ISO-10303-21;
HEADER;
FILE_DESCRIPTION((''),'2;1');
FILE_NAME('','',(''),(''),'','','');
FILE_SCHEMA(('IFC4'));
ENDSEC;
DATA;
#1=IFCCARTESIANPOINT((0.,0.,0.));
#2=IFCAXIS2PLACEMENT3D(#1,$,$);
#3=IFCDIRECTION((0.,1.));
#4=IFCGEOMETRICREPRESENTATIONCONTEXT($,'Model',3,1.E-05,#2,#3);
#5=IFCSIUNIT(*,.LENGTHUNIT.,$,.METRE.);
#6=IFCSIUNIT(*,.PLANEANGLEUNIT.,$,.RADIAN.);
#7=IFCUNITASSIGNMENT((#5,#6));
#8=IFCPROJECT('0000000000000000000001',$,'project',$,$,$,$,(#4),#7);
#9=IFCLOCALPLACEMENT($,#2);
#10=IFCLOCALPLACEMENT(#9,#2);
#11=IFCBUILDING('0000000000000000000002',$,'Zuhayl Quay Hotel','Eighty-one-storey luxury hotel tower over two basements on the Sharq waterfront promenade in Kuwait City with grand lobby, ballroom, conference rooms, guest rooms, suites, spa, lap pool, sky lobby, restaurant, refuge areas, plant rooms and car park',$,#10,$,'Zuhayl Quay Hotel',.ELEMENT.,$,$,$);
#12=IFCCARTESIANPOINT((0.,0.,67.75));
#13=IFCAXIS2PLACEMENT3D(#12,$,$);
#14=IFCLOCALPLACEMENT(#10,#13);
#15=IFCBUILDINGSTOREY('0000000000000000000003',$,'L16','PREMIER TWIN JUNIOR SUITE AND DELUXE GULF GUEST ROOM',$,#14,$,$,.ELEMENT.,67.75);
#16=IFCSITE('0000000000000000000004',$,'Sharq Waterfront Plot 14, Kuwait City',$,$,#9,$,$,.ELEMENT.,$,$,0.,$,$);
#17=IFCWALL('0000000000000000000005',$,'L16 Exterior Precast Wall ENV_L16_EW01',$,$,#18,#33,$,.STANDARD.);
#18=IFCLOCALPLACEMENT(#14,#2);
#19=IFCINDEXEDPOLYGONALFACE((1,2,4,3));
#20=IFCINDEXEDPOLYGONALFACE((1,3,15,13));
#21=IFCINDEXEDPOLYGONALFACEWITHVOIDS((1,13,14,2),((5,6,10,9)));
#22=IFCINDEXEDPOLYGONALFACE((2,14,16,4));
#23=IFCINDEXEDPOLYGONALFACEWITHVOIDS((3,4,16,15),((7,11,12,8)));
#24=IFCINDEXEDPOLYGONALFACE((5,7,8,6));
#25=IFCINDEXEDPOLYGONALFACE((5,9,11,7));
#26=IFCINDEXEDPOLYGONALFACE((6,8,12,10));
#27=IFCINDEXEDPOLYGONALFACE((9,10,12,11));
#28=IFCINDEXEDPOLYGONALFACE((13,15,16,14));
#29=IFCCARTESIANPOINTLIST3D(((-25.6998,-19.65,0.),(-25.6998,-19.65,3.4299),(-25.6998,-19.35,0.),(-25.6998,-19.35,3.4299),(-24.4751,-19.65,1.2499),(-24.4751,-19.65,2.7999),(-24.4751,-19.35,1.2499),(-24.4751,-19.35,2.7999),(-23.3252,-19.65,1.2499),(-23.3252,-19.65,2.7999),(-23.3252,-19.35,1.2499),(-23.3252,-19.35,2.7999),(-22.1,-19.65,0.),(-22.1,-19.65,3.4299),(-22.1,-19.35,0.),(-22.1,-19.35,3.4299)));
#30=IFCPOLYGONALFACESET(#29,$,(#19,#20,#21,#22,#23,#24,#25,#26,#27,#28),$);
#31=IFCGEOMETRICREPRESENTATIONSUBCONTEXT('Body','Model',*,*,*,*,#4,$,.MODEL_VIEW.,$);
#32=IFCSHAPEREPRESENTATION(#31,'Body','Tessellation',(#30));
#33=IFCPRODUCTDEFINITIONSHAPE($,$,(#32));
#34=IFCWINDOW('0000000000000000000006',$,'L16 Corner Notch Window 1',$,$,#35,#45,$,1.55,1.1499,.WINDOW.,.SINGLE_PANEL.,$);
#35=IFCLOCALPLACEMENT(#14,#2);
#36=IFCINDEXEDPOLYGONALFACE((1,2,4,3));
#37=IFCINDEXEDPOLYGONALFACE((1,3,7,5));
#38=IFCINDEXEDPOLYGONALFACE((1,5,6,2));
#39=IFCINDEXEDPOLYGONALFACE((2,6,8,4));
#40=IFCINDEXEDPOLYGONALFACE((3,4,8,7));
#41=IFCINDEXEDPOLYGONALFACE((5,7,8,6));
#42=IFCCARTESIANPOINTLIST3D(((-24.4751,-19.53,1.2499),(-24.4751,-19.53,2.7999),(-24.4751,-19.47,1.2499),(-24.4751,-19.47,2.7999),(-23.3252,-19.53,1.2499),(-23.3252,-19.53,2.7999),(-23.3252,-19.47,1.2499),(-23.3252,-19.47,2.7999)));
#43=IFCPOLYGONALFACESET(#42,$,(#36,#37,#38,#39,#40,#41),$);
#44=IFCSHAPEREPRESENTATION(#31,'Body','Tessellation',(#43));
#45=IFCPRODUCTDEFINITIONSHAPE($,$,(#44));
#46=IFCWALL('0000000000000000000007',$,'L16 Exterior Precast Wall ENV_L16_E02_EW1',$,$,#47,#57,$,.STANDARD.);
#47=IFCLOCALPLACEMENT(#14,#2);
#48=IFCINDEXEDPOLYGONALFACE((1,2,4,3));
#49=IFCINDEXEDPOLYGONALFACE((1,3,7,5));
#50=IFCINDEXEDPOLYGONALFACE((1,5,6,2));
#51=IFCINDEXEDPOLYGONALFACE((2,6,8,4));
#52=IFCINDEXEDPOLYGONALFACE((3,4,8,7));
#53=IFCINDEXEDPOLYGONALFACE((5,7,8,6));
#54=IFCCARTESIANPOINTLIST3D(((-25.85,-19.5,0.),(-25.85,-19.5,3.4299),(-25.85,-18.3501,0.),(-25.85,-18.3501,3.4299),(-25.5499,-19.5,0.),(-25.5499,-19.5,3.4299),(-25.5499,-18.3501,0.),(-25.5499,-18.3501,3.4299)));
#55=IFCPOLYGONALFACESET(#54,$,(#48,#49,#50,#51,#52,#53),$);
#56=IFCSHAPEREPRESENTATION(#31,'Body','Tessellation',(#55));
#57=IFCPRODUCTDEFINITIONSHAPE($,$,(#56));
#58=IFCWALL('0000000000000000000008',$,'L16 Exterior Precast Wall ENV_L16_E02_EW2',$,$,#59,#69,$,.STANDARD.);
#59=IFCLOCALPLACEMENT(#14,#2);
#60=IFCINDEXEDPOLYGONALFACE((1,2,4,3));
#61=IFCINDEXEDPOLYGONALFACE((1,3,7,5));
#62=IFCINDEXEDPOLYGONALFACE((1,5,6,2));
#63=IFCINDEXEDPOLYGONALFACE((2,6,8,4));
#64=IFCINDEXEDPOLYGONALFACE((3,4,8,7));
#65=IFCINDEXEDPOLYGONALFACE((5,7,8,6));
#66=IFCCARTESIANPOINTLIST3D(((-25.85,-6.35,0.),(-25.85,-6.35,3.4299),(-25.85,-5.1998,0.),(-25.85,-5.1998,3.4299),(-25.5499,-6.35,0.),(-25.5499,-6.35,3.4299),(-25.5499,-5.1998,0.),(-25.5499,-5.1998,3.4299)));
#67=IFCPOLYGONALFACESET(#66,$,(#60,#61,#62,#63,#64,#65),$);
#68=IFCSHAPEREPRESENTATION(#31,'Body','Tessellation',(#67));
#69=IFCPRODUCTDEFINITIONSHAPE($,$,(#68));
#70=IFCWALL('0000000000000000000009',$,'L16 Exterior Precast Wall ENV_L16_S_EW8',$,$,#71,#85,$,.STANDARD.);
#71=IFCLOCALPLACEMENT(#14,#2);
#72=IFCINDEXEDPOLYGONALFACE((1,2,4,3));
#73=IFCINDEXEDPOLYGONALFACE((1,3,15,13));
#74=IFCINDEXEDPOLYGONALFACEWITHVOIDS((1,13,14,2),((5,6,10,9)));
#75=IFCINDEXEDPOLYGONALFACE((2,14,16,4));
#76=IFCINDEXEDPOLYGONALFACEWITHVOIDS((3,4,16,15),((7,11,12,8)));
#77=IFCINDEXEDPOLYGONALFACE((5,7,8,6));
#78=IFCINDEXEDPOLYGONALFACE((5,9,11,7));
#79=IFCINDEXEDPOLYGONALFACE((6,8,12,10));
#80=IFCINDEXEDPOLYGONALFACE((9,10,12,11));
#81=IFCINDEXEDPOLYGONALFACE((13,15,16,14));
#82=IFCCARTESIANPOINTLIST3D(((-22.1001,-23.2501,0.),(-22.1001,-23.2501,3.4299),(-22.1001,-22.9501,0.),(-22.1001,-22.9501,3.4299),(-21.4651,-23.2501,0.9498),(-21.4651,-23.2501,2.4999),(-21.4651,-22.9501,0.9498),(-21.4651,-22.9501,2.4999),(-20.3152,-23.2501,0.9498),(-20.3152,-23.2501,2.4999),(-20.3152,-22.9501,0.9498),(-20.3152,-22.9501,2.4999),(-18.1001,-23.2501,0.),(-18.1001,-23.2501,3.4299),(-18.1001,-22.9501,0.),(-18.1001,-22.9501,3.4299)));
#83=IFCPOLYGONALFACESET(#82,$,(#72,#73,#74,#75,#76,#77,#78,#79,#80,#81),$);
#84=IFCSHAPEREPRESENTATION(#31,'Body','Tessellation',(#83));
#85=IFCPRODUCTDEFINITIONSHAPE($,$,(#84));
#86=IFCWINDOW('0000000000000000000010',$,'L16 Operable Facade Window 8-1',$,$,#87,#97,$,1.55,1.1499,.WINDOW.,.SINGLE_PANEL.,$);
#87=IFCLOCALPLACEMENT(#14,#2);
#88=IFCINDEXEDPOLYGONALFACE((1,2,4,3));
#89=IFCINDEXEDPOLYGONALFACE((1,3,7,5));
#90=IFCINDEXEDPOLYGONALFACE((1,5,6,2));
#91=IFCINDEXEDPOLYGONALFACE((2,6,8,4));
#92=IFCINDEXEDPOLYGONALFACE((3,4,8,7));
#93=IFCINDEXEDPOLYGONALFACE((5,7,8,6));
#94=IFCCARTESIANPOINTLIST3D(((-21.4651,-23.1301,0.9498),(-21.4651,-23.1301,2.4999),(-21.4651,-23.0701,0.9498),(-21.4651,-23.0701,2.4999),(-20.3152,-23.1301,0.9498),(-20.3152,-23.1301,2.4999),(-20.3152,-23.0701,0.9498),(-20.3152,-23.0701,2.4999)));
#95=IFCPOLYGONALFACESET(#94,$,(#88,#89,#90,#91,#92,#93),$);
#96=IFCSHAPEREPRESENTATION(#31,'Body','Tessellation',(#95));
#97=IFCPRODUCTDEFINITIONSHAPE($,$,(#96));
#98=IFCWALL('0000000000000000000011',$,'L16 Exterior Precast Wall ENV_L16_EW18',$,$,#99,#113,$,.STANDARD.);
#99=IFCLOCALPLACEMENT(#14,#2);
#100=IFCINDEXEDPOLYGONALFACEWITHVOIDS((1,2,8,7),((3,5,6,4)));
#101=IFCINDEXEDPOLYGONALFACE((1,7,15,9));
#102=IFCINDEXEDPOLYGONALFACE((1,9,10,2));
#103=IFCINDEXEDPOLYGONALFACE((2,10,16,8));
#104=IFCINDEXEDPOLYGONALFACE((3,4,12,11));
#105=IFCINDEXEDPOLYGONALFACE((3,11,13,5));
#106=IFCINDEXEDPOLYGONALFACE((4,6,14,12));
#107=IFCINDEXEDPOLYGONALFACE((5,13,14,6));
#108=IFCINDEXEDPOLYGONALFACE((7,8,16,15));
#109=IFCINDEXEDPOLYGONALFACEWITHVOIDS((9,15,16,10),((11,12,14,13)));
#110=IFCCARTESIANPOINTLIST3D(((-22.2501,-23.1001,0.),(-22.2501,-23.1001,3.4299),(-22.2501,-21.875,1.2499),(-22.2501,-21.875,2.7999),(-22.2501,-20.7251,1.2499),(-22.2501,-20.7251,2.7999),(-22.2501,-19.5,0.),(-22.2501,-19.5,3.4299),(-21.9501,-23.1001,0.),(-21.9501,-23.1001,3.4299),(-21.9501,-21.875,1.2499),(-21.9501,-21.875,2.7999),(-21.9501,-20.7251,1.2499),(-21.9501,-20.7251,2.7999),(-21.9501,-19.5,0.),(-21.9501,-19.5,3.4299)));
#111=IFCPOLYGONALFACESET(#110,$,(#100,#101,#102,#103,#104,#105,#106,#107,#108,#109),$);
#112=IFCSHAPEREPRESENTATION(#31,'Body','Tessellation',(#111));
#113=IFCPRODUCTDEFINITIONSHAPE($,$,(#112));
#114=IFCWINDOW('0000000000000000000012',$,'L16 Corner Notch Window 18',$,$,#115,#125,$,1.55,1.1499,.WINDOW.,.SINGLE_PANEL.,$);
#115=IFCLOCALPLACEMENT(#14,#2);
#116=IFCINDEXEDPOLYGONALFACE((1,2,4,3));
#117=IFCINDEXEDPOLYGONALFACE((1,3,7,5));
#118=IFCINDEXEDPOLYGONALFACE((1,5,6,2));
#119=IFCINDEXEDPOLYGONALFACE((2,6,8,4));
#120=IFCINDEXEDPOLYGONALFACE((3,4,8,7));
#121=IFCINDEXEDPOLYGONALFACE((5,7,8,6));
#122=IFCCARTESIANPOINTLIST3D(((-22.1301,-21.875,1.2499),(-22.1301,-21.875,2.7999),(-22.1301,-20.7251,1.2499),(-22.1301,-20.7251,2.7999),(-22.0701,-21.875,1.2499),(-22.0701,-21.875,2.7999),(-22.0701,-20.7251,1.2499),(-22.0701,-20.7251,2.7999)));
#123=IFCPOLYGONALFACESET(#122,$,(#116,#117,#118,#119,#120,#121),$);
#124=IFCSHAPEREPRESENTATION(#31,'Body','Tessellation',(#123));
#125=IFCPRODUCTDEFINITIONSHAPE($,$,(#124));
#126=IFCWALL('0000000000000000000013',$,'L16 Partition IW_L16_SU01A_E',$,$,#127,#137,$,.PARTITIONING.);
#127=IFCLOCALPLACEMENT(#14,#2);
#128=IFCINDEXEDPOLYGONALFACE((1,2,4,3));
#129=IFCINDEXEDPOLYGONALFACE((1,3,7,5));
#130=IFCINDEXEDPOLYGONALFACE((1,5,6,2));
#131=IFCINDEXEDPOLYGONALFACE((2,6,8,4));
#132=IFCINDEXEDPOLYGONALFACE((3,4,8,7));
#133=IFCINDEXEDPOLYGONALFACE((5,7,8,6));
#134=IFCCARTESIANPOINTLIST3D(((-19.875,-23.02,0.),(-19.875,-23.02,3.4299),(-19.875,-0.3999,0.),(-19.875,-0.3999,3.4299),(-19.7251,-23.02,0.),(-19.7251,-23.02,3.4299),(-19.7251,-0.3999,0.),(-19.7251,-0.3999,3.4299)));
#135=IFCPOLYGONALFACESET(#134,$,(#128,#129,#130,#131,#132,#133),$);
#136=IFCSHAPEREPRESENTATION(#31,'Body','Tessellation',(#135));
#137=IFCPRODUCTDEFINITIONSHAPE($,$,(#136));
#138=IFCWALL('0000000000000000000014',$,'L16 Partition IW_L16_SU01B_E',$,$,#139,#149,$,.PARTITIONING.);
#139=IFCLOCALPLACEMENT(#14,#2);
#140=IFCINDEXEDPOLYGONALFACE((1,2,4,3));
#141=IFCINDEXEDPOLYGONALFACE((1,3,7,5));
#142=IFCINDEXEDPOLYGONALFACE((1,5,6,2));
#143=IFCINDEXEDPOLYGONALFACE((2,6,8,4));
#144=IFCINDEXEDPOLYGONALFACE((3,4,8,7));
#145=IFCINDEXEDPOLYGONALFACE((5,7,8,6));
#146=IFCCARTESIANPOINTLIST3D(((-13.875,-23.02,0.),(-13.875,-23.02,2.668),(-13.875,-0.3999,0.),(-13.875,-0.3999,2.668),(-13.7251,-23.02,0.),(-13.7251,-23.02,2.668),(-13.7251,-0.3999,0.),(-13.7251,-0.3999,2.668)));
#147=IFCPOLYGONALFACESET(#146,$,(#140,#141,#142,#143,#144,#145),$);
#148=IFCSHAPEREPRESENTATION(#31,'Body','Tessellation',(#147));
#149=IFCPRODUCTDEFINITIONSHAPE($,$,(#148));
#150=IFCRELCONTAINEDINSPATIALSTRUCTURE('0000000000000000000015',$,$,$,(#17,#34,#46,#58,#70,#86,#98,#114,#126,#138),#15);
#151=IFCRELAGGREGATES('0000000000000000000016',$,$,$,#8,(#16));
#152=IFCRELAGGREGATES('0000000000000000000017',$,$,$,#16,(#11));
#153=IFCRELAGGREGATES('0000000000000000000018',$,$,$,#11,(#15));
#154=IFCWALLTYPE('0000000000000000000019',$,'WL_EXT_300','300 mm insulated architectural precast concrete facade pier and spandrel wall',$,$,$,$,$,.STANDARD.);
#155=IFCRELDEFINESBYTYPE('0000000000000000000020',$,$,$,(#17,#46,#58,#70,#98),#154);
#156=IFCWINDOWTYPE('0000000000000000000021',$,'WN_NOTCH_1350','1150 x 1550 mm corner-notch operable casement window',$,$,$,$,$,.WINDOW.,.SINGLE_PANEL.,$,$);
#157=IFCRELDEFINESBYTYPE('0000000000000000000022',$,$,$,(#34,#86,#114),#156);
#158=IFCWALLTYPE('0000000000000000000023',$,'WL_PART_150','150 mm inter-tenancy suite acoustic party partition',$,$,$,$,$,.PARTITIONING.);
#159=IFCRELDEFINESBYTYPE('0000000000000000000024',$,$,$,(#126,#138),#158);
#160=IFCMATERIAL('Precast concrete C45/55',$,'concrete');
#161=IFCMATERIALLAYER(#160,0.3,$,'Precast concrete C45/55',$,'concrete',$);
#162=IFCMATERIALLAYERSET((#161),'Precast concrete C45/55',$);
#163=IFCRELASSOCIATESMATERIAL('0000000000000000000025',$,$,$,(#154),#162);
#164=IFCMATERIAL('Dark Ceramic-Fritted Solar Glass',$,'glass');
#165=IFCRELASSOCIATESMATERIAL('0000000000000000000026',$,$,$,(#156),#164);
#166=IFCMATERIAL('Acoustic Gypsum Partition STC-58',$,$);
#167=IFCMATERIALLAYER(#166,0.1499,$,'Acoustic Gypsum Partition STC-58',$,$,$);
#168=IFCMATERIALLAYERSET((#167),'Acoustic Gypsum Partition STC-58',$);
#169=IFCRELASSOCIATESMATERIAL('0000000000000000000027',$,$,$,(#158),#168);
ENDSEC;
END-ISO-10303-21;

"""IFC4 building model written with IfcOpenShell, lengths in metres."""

from ifc_helpers import new_model, si_unit, direction, frame, frame_2d, origin, place, context, subcontext, project, spatial, rectangle, extrude, material, layer, layer_set, type_object, element, fill, save


model = new_model("IFC4")

# Units and contexts
model_context = context("Model", 3, precision=1e-05, world=origin(), true_north=direction((0.0, 1.0)))
body_context = subcontext(model_context, "Body", "Model", "MODEL_VIEW")
ifc_project = project(units=[si_unit("LENGTHUNIT", "METRE"), si_unit("PLANEANGLEUNIT", "RADIAN")], contexts=[model_context])

# Site, building, storey
site_placement = place(None, origin())
site = spatial("IfcSite", under=ifc_project, at=site_placement, Name="Sharq Waterfront Plot 14, Kuwait City", CompositionType="ELEMENT", RefElevation=0.0)
building_placement = place(site_placement, origin())
building = spatial("IfcBuilding", under=site, at=building_placement, Name="Zuhayl Quay Hotel", Description="Eighty-one-storey luxury hotel tower over two basements on the Sharq waterfront promenade in Kuwait City with grand lobby, ballroom, conference rooms, guest rooms, suites, spa, lap pool, sky lobby, restaurant, refuge areas, plant rooms and car park", LongName="Zuhayl Quay Hotel", CompositionType="ELEMENT")
storey_placement = place(building_placement, frame((0.0, 0.0, 67.75)))
storey = spatial("IfcBuildingStorey", under=building, at=storey_placement, Name="L16", Description="PREMIER TWIN JUNIOR SUITE AND DELUXE GULF GUEST ROOM", CompositionType="ELEMENT", Elevation=67.75)

# Shared definitions
ifc_material_1 = material(Name="Dark Ceramic-Fritted Solar Glass", Category="glass")

# Wall, opening, window
ifc_material_2 = material(Name="Precast concrete C45/55", Category="concrete")
ifc_layer_1 = layer(ifc_material_2, 0.3, Name="Precast concrete C45/55", Category="concrete")
ifc_layer_set_1 = layer_set([ifc_layer_1], Name="Precast concrete C45/55")
wall_type_1 = type_object("IfcWallType", Name="WL_EXT_300", Description="300 mm insulated architectural precast concrete facade pier and spandrel wall", PredefinedType="STANDARD", material=ifc_layer_set_1)
wall_1_placement = place(storey_placement, frame((-22.1001, -19.5, 0.0), z_axis=(0.0, 0.0, 1.0), x_axis=(-1.0, 0.0, 0.0)))
wall_1 = element("IfcWall", 1, at=wall_1_placement, inside=storey, type_object=wall_type_1, Name="L16 Exterior Precast Wall ENV_L16_EW01", PredefinedType="STANDARD", context=body_context, shape_type="SweptSolid", body=[
    extrude(rectangle(XDim=3.5999, YDim=0.3, at=frame_2d((1.7998, 0.0))), origin(), (0.0, 0.0, 1.0), 3.4299),
])
opening_1_placement = place(wall_1_placement, frame((1.2251, 0.0, 1.25)))
opening_1 = element("IfcOpeningElement", 2, at=opening_1_placement, cuts=wall_1, PredefinedType="OPENING", context=body_context, shape_type="SweptSolid", body=[
    extrude(rectangle(XDim=1.1499, YDim=1.55, at=frame_2d((0.575, 0.7749))), frame((0.0, 0.1599, 0.0), z_axis=(0.0, -1.0, 0.0), x_axis=(1.0, 0.0, 0.0)), (0.0, 0.0, 1.0), 0.3201),
])
window_type = type_object("IfcWindowType", Name="WN_NOTCH_1350", Description="1150 x 1550 mm corner-notch operable casement window", PartitioningType="SINGLE_PANEL", PredefinedType="WINDOW", material=ifc_material_1)
window_1_placement = place(opening_1_placement, origin())
window_1 = element("IfcWindow", 3, at=window_1_placement, inside=storey, type_object=window_type, Name="L16 Corner Notch Window 1", OverallHeight=1.55, OverallWidth=1.1499, PartitioningType="SINGLE_PANEL", PredefinedType="WINDOW", context=body_context, shape_type="SweptSolid", body=[
    extrude(rectangle(XDim=1.1499, YDim=1.55, at=frame_2d((0.575, 0.7749))), frame((0.0, 0.03, 0.0), z_axis=(0.0, -1.0, 0.0), x_axis=(1.0, 0.0, 0.0)), (0.0, 0.0, 1.0), 0.0601),
])
fill(opening_1, window_1)

# Walls
wall_2_placement = place(storey_placement, frame((-25.7, -19.5, 0.0), z_axis=(0.0, 0.0, 1.0), x_axis=(0.0, 1.0, 0.0)))
element("IfcWall", 4, at=wall_2_placement, inside=storey, type_object=wall_type_1, Name="L16 Exterior Precast Wall ENV_L16_E02_EW1", PredefinedType="STANDARD", context=body_context, shape_type="SweptSolid", body=[
    extrude(rectangle(XDim=1.1499, YDim=0.3, at=frame_2d((0.575, 0.0))), origin(), (0.0, 0.0, 1.0), 3.4299),
])
wall_3_placement = place(storey_placement, frame((-25.7, -6.3501, 0.0), z_axis=(0.0, 0.0, 1.0), x_axis=(0.0, 1.0, 0.0)))
element("IfcWall", 5, at=wall_3_placement, inside=storey, type_object=wall_type_1, Name="L16 Exterior Precast Wall ENV_L16_E02_EW2", PredefinedType="STANDARD", context=body_context, shape_type="SweptSolid", body=[
    extrude(rectangle(XDim=1.1501, YDim=0.3, at=frame_2d((0.5752, 0.0))), origin(), (0.0, 0.0, 1.0), 3.4299),
])

# Walls, openings, windows
wall_4_placement = place(storey_placement, frame((-18.1001, -23.1001, 0.0), z_axis=(0.0, 0.0, 1.0), x_axis=(-1.0, 0.0, 0.0)))
wall_4 = element("IfcWall", 6, at=wall_4_placement, inside=storey, type_object=wall_type_1, Name="L16 Exterior Precast Wall ENV_L16_S_EW8", PredefinedType="STANDARD", context=body_context, shape_type="SweptSolid", body=[
    extrude(rectangle(XDim=4.0, YDim=0.3, at=frame_2d((2.0, 0.0))), origin(), (0.0, 0.0, 1.0), 3.4299),
])
opening_2_placement = place(wall_4_placement, frame((2.2151, 0.0, 0.95)))
opening_2 = element("IfcOpeningElement", 7, at=opening_2_placement, cuts=wall_4, PredefinedType="OPENING", context=body_context, shape_type="SweptSolid", body=[
    extrude(rectangle(XDim=1.1499, YDim=1.55, at=frame_2d((0.575, 0.7749))), frame((0.0, 0.1599, 0.0), z_axis=(0.0, -1.0, 0.0), x_axis=(1.0, 0.0, 0.0)), (0.0, 0.0, 1.0), 0.3201),
])
window_2_placement = place(opening_2_placement, origin())
window_2 = element("IfcWindow", 8, at=window_2_placement, inside=storey, type_object=window_type, Name="L16 Operable Facade Window 8-1", OverallHeight=1.55, OverallWidth=1.1499, PartitioningType="SINGLE_PANEL", PredefinedType="WINDOW", context=body_context, shape_type="SweptSolid", body=[
    extrude(rectangle(XDim=1.1499, YDim=1.55, at=frame_2d((0.575, 0.7749))), frame((0.0, 0.03, 0.0), z_axis=(0.0, -1.0, 0.0), x_axis=(1.0, 0.0, 0.0)), (0.0, 0.0, 1.0), 0.0601),
])
fill(opening_2, window_2)
wall_5_placement = place(storey_placement, frame((-22.1001, -23.1001, 0.0), z_axis=(0.0, 0.0, 1.0), x_axis=(0.0, 1.0, 0.0)))
wall_5 = element("IfcWall", 9, at=wall_5_placement, inside=storey, type_object=wall_type_1, Name="L16 Exterior Precast Wall ENV_L16_EW18", PredefinedType="STANDARD", context=body_context, shape_type="SweptSolid", body=[
    extrude(rectangle(XDim=3.6001, YDim=0.3, at=frame_2d((1.8, 0.0))), origin(), (0.0, 0.0, 1.0), 3.4299),
])
opening_3_placement = place(wall_5_placement, frame((1.2251, 0.0, 1.25)))
opening_3 = element("IfcOpeningElement", 10, at=opening_3_placement, cuts=wall_5, PredefinedType="OPENING", context=body_context, shape_type="SweptSolid", body=[
    extrude(rectangle(XDim=1.1499, YDim=1.55, at=frame_2d((0.575, 0.7749))), frame((0.0, 0.1599, 0.0), z_axis=(0.0, -1.0, 0.0), x_axis=(1.0, 0.0, 0.0)), (0.0, 0.0, 1.0), 0.3201),
])
window_3_placement = place(opening_3_placement, origin())
window_3 = element("IfcWindow", 11, at=window_3_placement, inside=storey, type_object=window_type, Name="L16 Corner Notch Window 18", OverallHeight=1.55, OverallWidth=1.1499, PartitioningType="SINGLE_PANEL", PredefinedType="WINDOW", context=body_context, shape_type="SweptSolid", body=[
    extrude(rectangle(XDim=1.1499, YDim=1.55, at=frame_2d((0.575, 0.7749))), frame((0.0, 0.03, 0.0), z_axis=(0.0, -1.0, 0.0), x_axis=(1.0, 0.0, 0.0)), (0.0, 0.0, 1.0), 0.0601),
])
fill(opening_3, window_3)

# Walls
ifc_material_3 = material(Name="Acoustic Gypsum Partition STC-58")
ifc_layer_2 = layer(ifc_material_3, 0.1499, Name="Acoustic Gypsum Partition STC-58")
ifc_layer_set_2 = layer_set([ifc_layer_2], Name="Acoustic Gypsum Partition STC-58")
wall_type_2 = type_object("IfcWallType", Name="WL_PART_150", Description="150 mm inter-tenancy suite acoustic party partition", PredefinedType="PARTITIONING", material=ifc_layer_set_2)
wall_6_placement = place(storey_placement, frame((-19.8, -23.02, 0.0), z_axis=(0.0, 0.0, 1.0), x_axis=(0.0, 1.0, 0.0)))
element("IfcWall", 12, at=wall_6_placement, inside=storey, type_object=wall_type_2, Name="L16 Partition IW_L16_SU01A_E", PredefinedType="PARTITIONING", context=body_context, shape_type="SweptSolid", body=[
    extrude(rectangle(XDim=22.6201, YDim=0.1499, at=frame_2d((11.3101, 0.0))), origin(), (0.0, 0.0, 1.0), 3.4299),
])
wall_7_placement = place(storey_placement, frame((-13.8, -23.02, 0.0), z_axis=(0.0, 0.0, 1.0), x_axis=(0.0, 1.0, 0.0)))
element("IfcWall", 13, at=wall_7_placement, inside=storey, type_object=wall_type_2, Name="L16 Partition IW_L16_SU01B_E", PredefinedType="PARTITIONING", context=body_context, shape_type="SweptSolid", body=[
    extrude(rectangle(XDim=22.6201, YDim=0.1499, at=frame_2d((11.3101, 0.0))), origin(), (0.0, 0.0, 1.0), 2.668),
])

save(model, "model.ifc")
